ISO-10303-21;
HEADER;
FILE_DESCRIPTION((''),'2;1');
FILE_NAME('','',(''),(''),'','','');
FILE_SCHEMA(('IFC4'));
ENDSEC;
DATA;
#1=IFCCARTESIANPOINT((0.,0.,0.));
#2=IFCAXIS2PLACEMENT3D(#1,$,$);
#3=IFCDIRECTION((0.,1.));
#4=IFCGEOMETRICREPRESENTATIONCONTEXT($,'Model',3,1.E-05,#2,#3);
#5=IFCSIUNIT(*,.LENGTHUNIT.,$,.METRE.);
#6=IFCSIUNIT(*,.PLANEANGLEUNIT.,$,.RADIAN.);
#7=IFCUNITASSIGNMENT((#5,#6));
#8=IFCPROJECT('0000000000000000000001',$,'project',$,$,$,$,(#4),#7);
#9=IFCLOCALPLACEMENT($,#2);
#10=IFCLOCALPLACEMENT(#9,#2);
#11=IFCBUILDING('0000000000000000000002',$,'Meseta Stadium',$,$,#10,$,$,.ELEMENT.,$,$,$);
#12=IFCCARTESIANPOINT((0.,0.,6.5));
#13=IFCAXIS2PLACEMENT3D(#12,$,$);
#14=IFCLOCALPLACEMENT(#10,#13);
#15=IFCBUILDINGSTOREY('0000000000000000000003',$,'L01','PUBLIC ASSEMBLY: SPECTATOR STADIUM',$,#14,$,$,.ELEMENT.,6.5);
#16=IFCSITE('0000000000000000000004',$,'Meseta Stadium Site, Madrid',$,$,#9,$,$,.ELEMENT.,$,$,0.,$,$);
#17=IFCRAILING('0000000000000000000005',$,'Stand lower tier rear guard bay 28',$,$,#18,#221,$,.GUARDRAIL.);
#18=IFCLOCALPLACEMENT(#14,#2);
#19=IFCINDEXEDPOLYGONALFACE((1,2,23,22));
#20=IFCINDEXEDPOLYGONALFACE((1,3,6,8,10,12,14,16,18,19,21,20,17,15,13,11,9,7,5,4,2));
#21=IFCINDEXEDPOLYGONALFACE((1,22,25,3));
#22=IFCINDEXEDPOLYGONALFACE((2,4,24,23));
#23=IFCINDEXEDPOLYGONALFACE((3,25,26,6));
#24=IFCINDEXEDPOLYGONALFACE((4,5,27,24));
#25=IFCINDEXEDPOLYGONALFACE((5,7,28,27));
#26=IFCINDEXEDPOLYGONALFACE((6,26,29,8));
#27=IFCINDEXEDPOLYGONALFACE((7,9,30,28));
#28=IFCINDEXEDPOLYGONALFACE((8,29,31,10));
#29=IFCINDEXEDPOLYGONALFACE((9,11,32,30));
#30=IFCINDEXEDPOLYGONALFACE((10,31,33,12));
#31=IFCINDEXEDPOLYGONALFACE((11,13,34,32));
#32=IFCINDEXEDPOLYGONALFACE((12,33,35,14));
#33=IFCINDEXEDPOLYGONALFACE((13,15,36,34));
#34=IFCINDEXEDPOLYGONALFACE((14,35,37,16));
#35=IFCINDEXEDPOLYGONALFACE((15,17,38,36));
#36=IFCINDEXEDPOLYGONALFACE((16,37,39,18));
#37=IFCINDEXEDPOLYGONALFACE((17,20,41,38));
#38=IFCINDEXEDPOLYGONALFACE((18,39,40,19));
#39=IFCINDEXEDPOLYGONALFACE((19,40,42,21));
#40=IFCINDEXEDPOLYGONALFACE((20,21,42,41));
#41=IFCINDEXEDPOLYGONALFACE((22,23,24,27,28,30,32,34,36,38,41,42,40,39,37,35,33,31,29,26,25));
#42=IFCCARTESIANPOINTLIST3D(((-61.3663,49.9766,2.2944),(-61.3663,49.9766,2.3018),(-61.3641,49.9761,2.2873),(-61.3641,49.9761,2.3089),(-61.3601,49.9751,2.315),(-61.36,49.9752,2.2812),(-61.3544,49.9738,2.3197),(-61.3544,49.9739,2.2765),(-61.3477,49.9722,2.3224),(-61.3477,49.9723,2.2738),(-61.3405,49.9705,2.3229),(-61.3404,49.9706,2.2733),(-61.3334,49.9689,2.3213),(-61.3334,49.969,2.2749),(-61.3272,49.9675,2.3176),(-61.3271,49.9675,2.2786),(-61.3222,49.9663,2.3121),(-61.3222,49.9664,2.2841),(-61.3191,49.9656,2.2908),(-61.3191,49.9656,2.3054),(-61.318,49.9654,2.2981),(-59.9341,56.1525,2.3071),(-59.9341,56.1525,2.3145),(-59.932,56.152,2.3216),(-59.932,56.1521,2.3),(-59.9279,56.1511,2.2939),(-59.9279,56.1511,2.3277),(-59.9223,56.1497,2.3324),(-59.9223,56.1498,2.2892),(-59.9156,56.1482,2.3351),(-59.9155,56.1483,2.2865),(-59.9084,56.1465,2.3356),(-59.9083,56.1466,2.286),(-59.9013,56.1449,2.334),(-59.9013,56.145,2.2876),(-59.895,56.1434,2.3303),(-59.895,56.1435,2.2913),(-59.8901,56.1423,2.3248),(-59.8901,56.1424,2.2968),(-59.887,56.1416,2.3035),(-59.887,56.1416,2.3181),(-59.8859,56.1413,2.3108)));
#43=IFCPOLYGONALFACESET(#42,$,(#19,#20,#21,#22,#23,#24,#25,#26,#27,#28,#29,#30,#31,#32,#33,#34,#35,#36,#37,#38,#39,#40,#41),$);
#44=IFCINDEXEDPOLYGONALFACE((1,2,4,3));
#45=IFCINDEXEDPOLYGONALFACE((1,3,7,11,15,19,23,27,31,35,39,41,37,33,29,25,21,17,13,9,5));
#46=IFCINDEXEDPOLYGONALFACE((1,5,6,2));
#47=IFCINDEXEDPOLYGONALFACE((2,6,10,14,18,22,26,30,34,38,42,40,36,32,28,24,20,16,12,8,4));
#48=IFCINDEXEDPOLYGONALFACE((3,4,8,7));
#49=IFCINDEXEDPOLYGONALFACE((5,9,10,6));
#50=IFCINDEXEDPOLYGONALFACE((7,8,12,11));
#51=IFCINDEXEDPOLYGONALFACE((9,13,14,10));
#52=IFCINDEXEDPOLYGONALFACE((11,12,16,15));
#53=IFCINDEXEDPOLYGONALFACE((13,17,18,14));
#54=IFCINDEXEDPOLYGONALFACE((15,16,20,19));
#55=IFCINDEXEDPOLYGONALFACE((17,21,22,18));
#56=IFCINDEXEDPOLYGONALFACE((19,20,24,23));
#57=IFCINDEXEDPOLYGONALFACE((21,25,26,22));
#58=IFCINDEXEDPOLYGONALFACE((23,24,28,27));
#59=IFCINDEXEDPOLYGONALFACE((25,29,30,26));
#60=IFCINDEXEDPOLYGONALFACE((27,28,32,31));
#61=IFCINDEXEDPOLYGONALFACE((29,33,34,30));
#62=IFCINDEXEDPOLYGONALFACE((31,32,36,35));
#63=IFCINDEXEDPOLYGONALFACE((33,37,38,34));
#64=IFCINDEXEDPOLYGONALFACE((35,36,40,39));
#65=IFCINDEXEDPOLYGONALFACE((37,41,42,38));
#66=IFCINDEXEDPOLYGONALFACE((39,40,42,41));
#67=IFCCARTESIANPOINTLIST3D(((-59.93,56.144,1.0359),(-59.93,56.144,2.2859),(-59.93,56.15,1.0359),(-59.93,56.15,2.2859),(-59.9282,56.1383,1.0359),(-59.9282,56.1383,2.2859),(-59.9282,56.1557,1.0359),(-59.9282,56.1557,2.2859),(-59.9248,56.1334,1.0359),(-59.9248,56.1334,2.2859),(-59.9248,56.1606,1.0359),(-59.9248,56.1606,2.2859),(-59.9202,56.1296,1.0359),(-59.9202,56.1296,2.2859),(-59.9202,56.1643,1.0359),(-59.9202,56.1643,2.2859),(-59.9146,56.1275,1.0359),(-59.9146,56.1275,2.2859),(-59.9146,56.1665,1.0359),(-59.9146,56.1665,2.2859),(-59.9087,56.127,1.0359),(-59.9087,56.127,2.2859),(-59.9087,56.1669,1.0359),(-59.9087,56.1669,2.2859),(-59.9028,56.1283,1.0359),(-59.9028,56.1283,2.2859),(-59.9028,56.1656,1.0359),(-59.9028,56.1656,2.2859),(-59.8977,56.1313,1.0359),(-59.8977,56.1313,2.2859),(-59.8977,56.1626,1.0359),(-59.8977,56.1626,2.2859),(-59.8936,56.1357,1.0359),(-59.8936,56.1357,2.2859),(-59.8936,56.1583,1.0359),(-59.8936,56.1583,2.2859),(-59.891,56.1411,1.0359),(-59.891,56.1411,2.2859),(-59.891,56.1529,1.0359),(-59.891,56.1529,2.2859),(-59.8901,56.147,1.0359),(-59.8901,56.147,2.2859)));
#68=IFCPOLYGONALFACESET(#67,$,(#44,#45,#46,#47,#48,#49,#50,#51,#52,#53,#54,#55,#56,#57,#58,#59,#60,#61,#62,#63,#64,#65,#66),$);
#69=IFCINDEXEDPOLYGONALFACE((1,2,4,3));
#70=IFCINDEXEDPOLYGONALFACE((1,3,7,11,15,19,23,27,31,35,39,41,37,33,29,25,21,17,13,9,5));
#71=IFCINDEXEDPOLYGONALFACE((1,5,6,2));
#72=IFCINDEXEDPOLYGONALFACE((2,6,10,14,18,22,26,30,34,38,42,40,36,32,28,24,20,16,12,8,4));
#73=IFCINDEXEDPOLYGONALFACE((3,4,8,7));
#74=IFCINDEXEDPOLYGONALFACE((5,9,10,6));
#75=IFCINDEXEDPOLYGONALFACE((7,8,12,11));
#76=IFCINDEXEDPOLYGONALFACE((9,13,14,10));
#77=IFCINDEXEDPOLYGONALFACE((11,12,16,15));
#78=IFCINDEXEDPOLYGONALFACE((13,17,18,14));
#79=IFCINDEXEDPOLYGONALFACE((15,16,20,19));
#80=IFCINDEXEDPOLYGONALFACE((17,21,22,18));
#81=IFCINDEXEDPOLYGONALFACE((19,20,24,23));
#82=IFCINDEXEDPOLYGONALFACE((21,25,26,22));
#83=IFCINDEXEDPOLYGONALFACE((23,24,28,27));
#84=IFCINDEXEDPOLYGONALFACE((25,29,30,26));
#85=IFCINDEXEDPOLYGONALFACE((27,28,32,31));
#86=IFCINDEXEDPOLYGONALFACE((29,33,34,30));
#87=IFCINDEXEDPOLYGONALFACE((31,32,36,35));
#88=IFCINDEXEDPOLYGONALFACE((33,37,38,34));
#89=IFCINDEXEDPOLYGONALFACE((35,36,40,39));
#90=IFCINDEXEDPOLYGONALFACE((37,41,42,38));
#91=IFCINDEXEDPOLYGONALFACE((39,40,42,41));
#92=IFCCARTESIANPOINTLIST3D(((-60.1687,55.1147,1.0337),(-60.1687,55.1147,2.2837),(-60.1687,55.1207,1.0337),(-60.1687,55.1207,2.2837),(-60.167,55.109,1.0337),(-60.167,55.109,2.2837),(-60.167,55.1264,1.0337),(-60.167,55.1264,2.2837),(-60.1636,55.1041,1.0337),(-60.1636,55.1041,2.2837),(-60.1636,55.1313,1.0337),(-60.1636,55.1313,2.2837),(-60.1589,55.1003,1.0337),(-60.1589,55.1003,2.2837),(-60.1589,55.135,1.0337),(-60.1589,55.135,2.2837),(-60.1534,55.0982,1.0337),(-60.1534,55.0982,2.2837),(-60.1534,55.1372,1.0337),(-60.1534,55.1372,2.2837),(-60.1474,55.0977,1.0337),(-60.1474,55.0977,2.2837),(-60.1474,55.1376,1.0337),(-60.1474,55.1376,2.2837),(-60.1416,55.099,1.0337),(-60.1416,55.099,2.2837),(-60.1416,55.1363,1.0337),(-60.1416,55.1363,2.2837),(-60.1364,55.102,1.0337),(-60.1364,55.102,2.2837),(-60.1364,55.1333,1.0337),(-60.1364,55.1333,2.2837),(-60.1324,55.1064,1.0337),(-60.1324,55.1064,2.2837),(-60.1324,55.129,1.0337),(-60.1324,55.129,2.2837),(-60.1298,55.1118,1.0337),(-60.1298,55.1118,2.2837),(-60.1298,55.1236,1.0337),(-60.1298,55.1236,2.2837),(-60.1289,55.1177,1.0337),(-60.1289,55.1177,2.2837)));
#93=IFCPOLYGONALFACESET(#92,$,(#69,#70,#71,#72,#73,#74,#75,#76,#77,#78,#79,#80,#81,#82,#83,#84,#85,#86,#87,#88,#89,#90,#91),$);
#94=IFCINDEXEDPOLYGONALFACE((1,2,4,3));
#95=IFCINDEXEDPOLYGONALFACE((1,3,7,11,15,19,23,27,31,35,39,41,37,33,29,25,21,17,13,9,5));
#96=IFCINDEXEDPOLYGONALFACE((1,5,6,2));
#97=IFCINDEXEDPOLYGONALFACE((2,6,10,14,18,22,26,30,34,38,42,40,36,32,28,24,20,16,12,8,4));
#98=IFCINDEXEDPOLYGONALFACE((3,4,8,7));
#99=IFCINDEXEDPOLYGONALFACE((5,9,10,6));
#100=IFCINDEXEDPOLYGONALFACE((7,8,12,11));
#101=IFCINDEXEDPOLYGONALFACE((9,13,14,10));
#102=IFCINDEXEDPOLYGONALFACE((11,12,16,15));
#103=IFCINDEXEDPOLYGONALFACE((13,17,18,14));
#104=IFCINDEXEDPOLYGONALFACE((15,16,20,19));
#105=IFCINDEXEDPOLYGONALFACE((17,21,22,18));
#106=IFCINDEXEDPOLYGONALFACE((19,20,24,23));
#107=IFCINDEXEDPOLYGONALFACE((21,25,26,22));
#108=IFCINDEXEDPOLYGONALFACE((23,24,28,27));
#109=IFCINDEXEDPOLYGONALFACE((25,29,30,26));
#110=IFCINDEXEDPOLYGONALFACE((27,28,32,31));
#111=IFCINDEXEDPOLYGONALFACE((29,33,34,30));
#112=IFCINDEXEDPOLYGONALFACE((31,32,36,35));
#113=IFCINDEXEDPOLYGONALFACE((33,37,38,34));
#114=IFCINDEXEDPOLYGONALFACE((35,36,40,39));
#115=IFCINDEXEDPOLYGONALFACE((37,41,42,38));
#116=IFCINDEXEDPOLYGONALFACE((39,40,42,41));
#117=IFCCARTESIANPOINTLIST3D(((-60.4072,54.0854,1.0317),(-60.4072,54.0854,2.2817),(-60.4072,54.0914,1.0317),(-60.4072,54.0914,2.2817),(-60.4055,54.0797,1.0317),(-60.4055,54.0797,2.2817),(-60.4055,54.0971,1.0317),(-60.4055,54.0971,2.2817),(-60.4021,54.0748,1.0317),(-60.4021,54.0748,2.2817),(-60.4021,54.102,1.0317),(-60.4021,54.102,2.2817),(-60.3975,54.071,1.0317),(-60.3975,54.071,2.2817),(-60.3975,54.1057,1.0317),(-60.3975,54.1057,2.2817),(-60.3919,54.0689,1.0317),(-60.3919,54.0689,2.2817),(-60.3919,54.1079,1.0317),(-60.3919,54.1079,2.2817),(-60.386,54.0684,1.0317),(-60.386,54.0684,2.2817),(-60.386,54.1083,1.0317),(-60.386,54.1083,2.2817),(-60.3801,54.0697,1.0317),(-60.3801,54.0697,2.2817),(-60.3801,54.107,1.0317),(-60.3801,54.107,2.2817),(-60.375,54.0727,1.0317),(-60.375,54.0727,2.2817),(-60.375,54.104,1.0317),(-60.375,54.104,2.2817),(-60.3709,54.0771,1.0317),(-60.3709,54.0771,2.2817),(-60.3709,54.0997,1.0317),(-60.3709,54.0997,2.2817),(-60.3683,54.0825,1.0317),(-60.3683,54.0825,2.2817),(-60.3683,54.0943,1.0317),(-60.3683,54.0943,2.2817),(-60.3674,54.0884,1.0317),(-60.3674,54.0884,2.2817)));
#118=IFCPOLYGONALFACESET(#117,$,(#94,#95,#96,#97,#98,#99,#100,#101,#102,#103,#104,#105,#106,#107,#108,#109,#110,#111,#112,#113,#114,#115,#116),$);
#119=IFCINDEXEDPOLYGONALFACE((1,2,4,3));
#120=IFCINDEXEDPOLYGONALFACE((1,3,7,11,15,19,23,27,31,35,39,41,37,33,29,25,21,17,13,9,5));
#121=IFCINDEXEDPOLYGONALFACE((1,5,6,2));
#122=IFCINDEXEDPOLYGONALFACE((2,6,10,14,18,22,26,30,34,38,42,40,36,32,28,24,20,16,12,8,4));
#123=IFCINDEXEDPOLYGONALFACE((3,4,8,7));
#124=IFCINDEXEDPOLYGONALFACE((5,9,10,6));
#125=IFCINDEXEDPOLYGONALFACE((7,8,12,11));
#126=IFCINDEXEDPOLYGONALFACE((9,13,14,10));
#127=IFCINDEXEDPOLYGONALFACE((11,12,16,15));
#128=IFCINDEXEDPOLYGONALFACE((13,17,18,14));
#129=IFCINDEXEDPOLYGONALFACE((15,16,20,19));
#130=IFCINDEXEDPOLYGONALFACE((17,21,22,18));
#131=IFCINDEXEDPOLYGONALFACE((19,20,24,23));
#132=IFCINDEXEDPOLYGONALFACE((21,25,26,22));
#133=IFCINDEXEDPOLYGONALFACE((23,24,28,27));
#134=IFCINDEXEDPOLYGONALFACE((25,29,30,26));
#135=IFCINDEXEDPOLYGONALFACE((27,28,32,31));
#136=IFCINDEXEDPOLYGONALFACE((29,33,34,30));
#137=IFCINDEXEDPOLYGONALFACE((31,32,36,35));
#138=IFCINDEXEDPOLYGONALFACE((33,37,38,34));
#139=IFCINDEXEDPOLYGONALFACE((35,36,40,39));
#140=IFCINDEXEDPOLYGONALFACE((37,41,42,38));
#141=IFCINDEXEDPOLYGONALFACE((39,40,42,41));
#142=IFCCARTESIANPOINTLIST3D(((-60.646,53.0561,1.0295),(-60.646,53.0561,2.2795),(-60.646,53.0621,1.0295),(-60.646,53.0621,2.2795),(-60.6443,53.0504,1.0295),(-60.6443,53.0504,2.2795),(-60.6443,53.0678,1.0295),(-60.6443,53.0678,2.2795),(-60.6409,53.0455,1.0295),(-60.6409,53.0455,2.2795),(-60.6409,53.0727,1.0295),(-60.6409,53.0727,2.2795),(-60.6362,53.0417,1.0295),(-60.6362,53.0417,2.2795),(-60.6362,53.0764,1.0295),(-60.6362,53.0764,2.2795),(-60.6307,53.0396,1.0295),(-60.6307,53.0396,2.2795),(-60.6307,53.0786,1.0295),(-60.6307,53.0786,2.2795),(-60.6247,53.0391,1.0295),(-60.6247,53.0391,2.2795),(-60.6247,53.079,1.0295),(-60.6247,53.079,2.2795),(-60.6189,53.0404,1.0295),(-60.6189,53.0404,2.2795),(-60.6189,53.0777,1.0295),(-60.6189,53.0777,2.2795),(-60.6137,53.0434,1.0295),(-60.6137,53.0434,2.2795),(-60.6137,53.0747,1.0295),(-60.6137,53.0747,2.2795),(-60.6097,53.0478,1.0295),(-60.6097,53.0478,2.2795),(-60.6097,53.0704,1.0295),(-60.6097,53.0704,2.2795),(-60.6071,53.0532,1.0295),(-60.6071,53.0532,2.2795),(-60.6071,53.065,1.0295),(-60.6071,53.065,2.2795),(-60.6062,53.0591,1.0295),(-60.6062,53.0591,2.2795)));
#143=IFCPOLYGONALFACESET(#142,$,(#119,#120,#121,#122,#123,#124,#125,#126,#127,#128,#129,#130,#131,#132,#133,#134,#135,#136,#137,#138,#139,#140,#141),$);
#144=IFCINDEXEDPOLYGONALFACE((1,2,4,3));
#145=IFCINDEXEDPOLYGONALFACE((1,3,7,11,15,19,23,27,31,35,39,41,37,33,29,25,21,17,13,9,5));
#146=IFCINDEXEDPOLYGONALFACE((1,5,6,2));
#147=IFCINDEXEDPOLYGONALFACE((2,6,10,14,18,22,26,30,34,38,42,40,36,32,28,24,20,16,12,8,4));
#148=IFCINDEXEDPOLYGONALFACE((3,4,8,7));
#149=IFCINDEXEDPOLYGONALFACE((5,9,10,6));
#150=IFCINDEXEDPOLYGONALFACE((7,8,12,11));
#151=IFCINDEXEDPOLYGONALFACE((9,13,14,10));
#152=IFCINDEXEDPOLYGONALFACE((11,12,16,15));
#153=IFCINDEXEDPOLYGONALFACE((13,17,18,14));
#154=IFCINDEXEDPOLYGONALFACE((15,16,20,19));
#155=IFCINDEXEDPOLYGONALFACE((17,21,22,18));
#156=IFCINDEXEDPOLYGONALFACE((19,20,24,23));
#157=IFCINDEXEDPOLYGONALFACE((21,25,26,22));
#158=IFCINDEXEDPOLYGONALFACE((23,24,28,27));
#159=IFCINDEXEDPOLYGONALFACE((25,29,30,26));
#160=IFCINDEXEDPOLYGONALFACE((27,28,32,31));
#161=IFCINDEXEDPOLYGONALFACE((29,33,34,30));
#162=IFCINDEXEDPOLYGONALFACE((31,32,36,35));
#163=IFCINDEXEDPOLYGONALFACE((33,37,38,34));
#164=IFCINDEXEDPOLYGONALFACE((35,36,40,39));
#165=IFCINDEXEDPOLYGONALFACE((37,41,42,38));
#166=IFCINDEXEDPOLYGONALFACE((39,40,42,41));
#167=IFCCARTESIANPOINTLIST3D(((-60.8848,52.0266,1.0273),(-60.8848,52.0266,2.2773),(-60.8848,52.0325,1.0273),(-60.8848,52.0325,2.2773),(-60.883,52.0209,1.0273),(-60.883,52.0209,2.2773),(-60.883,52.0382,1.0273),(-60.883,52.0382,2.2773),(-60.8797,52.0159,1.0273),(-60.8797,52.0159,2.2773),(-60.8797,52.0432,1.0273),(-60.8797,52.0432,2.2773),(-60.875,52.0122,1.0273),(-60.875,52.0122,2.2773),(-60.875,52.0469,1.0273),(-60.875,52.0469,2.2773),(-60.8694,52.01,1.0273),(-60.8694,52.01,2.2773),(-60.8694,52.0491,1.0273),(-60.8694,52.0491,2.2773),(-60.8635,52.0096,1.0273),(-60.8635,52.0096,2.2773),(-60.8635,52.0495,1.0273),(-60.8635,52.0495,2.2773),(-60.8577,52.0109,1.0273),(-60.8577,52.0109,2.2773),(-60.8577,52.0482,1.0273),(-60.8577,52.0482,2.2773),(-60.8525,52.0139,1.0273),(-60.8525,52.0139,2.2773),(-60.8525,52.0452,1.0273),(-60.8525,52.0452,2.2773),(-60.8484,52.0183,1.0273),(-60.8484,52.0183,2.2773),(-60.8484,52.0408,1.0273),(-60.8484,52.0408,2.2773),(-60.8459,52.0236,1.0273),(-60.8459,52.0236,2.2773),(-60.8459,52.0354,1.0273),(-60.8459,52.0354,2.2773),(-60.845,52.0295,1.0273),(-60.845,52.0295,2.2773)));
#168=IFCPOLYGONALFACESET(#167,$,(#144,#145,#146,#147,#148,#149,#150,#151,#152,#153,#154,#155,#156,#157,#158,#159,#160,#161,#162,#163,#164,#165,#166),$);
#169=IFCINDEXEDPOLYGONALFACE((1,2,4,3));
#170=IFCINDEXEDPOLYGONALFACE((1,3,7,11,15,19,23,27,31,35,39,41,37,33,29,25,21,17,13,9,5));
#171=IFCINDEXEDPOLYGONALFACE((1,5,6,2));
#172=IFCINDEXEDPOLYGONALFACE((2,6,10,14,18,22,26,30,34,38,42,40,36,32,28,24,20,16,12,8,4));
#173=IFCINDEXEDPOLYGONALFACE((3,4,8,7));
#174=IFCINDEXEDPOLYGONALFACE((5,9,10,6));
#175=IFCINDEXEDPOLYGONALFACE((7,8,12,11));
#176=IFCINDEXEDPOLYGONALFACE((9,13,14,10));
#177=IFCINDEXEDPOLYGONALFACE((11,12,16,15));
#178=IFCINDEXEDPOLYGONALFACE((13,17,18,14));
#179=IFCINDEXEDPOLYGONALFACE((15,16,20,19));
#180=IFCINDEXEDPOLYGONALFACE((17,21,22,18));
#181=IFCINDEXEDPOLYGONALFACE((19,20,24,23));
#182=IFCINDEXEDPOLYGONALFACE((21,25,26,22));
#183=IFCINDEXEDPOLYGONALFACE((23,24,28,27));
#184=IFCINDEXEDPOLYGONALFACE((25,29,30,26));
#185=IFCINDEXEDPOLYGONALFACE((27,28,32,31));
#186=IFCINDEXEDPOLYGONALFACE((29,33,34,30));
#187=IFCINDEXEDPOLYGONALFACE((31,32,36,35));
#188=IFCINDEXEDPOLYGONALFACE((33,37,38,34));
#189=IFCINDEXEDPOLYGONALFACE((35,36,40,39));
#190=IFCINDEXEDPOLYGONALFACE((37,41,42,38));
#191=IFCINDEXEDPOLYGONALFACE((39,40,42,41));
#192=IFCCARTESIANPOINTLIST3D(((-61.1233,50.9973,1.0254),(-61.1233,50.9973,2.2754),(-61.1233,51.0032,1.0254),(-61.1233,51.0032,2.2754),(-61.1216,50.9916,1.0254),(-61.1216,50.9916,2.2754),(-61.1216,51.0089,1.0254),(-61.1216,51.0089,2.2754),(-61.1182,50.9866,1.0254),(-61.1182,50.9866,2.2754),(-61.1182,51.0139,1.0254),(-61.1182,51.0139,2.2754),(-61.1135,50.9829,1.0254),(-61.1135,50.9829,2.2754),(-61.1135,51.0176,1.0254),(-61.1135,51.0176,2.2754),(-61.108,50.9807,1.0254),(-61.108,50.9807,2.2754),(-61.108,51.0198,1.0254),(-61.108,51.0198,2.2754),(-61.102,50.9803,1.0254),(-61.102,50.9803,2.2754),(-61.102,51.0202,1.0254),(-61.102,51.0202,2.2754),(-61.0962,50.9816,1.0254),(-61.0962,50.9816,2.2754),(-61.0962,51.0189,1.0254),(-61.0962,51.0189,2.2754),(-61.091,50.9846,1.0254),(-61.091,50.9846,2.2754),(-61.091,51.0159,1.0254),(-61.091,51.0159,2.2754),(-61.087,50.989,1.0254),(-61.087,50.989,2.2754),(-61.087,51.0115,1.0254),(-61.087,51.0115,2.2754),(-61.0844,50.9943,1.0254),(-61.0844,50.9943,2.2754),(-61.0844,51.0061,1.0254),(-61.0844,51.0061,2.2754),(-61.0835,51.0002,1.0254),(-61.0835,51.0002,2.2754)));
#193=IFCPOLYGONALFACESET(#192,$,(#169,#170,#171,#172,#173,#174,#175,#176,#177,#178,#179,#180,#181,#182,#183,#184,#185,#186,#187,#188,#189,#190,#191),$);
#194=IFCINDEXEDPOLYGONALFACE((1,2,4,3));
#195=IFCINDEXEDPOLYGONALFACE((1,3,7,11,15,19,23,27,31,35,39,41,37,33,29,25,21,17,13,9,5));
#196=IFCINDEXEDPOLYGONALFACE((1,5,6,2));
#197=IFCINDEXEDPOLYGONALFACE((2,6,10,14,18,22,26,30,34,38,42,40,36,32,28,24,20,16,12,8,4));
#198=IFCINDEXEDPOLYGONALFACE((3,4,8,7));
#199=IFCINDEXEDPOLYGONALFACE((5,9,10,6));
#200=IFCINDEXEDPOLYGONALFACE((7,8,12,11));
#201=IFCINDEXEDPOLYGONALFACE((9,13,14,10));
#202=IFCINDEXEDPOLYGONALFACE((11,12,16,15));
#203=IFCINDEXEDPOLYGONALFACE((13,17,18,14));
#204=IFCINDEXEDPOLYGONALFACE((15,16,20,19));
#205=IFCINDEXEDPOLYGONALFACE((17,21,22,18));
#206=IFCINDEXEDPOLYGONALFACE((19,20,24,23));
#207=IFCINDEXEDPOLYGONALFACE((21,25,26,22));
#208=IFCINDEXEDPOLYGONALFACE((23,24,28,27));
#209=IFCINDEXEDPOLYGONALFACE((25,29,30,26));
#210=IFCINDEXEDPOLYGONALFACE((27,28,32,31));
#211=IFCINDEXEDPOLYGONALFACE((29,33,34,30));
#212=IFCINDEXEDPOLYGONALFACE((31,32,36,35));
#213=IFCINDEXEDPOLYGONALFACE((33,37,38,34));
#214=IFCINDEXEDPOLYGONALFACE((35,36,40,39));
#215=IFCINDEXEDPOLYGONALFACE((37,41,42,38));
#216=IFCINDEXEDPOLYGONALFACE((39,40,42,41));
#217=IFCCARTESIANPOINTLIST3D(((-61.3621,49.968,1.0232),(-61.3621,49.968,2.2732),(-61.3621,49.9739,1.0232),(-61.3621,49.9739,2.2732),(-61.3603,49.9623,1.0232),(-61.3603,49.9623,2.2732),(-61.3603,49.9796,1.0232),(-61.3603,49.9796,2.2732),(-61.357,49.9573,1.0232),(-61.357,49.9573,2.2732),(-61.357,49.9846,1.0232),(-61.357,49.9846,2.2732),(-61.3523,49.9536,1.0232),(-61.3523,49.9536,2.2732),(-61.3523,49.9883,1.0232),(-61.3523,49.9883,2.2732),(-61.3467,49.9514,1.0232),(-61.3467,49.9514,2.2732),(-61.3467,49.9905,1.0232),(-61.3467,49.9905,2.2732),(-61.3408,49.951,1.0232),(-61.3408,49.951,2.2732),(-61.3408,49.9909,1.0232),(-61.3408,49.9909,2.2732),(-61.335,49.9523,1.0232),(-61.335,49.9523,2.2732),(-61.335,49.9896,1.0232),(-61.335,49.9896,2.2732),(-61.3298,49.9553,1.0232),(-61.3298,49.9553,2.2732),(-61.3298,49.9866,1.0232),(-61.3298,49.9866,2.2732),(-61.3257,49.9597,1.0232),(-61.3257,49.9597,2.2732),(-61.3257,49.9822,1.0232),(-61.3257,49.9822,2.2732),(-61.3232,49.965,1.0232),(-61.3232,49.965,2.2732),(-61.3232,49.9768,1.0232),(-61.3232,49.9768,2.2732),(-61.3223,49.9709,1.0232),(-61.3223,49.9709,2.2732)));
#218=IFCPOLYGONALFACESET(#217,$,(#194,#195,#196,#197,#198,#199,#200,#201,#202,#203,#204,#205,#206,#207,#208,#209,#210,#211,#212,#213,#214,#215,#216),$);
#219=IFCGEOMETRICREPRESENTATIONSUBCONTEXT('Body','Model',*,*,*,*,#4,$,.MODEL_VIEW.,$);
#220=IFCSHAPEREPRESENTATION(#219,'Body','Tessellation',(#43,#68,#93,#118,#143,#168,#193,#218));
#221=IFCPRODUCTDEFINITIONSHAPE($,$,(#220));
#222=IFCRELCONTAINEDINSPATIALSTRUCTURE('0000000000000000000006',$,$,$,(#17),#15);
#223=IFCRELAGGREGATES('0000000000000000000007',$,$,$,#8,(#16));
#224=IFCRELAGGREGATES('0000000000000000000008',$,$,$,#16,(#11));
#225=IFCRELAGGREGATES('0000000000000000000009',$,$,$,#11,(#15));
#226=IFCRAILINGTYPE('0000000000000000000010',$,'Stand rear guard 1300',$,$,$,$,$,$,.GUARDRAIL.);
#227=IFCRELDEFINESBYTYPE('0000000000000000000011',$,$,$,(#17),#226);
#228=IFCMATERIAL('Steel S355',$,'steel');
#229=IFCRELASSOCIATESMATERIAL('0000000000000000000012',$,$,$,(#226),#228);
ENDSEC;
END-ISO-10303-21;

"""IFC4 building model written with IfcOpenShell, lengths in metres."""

from ifc_helpers import new_model, si_unit, direction, frame, origin, origin_2d, place, context, subcontext, project, spatial, circle, extrude, material, type_object, element, save


model = new_model("IFC4")

# Units and contexts
model_context = context("Model", 3, precision=1e-05, world=origin(), true_north=direction((0.0, 1.0)))
body_context = subcontext(model_context, "Body", "Model", "MODEL_VIEW")
ifc_project = project(units=[si_unit("LENGTHUNIT", "METRE"), si_unit("PLANEANGLEUNIT", "RADIAN")], contexts=[model_context])

# Site, building, storey
site_placement = place(None, origin())
site = spatial("IfcSite", under=ifc_project, at=site_placement, Name="Meseta Stadium Site, Madrid", CompositionType="ELEMENT", RefElevation=0.0)
building_placement = place(site_placement, origin())
building = spatial("IfcBuilding", under=site, at=building_placement, Name="Meseta Stadium", CompositionType="ELEMENT")
storey_placement = place(building_placement, frame((0.0, 0.0, 6.5)))
storey = spatial("IfcBuildingStorey", under=building, at=storey_placement, Name="L01", Description="PUBLIC ASSEMBLY: SPECTATOR STADIUM", CompositionType="ELEMENT", Elevation=6.5)

# Railing
ifc_material_1 = material(Name="Steel S355", Category="steel")
railing_type = type_object("IfcRailingType", Name="Stand rear guard 1300", PredefinedType="GUARDRAIL", material=ifc_material_1)
railing_1_placement = place(storey_placement, frame((-59.9102, 56.147, 1.0359)))
element("IfcRailing", 1, at=railing_1_placement, inside=storey, type_object=railing_type, Name="Stand lower tier rear guard bay 28", PredefinedType="GUARDRAIL", context=body_context, shape_type="SweptSolid", body=[
    extrude(circle(Radius=0.0249, at=origin_2d()), frame((0.0, 0.0, 1.2749), z_axis=(-0.225891, -0.974151, -0.002002), x_axis=(0.974152, -0.225892, 0.0)), (0.0, 0.0, 1.0), 6.3398),
    extrude(circle(Radius=0.02, at=origin_2d()), origin(), (0.0, 0.0, 1.0), 1.25),
    extrude(circle(Radius=0.02, at=origin_2d()), frame((-0.2388, -1.0293, -0.0022)), (0.0, 0.0, 1.0), 1.25),
    extrude(circle(Radius=0.02, at=origin_2d()), frame((-0.4773, -2.0586, -0.0042)), (0.0, 0.0, 1.0), 1.25),
    extrude(circle(Radius=0.02, at=origin_2d()), frame((-0.7161, -3.0879, -0.0063)), (0.0, 0.0, 1.0), 1.25),
    extrude(circle(Radius=0.02, at=origin_2d()), frame((-0.9548, -4.1174, -0.0085)), (0.0, 0.0, 1.0), 1.25),
    extrude(circle(Radius=0.02, at=origin_2d()), frame((-1.1934, -5.1467, -0.0105)), (0.0, 0.0, 1.0), 1.25),
    extrude(circle(Radius=0.02, at=origin_2d()), frame((-1.4321, -6.176, -0.0127)), (0.0, 0.0, 1.0), 1.25),
])

save(model, "model.ifc")
